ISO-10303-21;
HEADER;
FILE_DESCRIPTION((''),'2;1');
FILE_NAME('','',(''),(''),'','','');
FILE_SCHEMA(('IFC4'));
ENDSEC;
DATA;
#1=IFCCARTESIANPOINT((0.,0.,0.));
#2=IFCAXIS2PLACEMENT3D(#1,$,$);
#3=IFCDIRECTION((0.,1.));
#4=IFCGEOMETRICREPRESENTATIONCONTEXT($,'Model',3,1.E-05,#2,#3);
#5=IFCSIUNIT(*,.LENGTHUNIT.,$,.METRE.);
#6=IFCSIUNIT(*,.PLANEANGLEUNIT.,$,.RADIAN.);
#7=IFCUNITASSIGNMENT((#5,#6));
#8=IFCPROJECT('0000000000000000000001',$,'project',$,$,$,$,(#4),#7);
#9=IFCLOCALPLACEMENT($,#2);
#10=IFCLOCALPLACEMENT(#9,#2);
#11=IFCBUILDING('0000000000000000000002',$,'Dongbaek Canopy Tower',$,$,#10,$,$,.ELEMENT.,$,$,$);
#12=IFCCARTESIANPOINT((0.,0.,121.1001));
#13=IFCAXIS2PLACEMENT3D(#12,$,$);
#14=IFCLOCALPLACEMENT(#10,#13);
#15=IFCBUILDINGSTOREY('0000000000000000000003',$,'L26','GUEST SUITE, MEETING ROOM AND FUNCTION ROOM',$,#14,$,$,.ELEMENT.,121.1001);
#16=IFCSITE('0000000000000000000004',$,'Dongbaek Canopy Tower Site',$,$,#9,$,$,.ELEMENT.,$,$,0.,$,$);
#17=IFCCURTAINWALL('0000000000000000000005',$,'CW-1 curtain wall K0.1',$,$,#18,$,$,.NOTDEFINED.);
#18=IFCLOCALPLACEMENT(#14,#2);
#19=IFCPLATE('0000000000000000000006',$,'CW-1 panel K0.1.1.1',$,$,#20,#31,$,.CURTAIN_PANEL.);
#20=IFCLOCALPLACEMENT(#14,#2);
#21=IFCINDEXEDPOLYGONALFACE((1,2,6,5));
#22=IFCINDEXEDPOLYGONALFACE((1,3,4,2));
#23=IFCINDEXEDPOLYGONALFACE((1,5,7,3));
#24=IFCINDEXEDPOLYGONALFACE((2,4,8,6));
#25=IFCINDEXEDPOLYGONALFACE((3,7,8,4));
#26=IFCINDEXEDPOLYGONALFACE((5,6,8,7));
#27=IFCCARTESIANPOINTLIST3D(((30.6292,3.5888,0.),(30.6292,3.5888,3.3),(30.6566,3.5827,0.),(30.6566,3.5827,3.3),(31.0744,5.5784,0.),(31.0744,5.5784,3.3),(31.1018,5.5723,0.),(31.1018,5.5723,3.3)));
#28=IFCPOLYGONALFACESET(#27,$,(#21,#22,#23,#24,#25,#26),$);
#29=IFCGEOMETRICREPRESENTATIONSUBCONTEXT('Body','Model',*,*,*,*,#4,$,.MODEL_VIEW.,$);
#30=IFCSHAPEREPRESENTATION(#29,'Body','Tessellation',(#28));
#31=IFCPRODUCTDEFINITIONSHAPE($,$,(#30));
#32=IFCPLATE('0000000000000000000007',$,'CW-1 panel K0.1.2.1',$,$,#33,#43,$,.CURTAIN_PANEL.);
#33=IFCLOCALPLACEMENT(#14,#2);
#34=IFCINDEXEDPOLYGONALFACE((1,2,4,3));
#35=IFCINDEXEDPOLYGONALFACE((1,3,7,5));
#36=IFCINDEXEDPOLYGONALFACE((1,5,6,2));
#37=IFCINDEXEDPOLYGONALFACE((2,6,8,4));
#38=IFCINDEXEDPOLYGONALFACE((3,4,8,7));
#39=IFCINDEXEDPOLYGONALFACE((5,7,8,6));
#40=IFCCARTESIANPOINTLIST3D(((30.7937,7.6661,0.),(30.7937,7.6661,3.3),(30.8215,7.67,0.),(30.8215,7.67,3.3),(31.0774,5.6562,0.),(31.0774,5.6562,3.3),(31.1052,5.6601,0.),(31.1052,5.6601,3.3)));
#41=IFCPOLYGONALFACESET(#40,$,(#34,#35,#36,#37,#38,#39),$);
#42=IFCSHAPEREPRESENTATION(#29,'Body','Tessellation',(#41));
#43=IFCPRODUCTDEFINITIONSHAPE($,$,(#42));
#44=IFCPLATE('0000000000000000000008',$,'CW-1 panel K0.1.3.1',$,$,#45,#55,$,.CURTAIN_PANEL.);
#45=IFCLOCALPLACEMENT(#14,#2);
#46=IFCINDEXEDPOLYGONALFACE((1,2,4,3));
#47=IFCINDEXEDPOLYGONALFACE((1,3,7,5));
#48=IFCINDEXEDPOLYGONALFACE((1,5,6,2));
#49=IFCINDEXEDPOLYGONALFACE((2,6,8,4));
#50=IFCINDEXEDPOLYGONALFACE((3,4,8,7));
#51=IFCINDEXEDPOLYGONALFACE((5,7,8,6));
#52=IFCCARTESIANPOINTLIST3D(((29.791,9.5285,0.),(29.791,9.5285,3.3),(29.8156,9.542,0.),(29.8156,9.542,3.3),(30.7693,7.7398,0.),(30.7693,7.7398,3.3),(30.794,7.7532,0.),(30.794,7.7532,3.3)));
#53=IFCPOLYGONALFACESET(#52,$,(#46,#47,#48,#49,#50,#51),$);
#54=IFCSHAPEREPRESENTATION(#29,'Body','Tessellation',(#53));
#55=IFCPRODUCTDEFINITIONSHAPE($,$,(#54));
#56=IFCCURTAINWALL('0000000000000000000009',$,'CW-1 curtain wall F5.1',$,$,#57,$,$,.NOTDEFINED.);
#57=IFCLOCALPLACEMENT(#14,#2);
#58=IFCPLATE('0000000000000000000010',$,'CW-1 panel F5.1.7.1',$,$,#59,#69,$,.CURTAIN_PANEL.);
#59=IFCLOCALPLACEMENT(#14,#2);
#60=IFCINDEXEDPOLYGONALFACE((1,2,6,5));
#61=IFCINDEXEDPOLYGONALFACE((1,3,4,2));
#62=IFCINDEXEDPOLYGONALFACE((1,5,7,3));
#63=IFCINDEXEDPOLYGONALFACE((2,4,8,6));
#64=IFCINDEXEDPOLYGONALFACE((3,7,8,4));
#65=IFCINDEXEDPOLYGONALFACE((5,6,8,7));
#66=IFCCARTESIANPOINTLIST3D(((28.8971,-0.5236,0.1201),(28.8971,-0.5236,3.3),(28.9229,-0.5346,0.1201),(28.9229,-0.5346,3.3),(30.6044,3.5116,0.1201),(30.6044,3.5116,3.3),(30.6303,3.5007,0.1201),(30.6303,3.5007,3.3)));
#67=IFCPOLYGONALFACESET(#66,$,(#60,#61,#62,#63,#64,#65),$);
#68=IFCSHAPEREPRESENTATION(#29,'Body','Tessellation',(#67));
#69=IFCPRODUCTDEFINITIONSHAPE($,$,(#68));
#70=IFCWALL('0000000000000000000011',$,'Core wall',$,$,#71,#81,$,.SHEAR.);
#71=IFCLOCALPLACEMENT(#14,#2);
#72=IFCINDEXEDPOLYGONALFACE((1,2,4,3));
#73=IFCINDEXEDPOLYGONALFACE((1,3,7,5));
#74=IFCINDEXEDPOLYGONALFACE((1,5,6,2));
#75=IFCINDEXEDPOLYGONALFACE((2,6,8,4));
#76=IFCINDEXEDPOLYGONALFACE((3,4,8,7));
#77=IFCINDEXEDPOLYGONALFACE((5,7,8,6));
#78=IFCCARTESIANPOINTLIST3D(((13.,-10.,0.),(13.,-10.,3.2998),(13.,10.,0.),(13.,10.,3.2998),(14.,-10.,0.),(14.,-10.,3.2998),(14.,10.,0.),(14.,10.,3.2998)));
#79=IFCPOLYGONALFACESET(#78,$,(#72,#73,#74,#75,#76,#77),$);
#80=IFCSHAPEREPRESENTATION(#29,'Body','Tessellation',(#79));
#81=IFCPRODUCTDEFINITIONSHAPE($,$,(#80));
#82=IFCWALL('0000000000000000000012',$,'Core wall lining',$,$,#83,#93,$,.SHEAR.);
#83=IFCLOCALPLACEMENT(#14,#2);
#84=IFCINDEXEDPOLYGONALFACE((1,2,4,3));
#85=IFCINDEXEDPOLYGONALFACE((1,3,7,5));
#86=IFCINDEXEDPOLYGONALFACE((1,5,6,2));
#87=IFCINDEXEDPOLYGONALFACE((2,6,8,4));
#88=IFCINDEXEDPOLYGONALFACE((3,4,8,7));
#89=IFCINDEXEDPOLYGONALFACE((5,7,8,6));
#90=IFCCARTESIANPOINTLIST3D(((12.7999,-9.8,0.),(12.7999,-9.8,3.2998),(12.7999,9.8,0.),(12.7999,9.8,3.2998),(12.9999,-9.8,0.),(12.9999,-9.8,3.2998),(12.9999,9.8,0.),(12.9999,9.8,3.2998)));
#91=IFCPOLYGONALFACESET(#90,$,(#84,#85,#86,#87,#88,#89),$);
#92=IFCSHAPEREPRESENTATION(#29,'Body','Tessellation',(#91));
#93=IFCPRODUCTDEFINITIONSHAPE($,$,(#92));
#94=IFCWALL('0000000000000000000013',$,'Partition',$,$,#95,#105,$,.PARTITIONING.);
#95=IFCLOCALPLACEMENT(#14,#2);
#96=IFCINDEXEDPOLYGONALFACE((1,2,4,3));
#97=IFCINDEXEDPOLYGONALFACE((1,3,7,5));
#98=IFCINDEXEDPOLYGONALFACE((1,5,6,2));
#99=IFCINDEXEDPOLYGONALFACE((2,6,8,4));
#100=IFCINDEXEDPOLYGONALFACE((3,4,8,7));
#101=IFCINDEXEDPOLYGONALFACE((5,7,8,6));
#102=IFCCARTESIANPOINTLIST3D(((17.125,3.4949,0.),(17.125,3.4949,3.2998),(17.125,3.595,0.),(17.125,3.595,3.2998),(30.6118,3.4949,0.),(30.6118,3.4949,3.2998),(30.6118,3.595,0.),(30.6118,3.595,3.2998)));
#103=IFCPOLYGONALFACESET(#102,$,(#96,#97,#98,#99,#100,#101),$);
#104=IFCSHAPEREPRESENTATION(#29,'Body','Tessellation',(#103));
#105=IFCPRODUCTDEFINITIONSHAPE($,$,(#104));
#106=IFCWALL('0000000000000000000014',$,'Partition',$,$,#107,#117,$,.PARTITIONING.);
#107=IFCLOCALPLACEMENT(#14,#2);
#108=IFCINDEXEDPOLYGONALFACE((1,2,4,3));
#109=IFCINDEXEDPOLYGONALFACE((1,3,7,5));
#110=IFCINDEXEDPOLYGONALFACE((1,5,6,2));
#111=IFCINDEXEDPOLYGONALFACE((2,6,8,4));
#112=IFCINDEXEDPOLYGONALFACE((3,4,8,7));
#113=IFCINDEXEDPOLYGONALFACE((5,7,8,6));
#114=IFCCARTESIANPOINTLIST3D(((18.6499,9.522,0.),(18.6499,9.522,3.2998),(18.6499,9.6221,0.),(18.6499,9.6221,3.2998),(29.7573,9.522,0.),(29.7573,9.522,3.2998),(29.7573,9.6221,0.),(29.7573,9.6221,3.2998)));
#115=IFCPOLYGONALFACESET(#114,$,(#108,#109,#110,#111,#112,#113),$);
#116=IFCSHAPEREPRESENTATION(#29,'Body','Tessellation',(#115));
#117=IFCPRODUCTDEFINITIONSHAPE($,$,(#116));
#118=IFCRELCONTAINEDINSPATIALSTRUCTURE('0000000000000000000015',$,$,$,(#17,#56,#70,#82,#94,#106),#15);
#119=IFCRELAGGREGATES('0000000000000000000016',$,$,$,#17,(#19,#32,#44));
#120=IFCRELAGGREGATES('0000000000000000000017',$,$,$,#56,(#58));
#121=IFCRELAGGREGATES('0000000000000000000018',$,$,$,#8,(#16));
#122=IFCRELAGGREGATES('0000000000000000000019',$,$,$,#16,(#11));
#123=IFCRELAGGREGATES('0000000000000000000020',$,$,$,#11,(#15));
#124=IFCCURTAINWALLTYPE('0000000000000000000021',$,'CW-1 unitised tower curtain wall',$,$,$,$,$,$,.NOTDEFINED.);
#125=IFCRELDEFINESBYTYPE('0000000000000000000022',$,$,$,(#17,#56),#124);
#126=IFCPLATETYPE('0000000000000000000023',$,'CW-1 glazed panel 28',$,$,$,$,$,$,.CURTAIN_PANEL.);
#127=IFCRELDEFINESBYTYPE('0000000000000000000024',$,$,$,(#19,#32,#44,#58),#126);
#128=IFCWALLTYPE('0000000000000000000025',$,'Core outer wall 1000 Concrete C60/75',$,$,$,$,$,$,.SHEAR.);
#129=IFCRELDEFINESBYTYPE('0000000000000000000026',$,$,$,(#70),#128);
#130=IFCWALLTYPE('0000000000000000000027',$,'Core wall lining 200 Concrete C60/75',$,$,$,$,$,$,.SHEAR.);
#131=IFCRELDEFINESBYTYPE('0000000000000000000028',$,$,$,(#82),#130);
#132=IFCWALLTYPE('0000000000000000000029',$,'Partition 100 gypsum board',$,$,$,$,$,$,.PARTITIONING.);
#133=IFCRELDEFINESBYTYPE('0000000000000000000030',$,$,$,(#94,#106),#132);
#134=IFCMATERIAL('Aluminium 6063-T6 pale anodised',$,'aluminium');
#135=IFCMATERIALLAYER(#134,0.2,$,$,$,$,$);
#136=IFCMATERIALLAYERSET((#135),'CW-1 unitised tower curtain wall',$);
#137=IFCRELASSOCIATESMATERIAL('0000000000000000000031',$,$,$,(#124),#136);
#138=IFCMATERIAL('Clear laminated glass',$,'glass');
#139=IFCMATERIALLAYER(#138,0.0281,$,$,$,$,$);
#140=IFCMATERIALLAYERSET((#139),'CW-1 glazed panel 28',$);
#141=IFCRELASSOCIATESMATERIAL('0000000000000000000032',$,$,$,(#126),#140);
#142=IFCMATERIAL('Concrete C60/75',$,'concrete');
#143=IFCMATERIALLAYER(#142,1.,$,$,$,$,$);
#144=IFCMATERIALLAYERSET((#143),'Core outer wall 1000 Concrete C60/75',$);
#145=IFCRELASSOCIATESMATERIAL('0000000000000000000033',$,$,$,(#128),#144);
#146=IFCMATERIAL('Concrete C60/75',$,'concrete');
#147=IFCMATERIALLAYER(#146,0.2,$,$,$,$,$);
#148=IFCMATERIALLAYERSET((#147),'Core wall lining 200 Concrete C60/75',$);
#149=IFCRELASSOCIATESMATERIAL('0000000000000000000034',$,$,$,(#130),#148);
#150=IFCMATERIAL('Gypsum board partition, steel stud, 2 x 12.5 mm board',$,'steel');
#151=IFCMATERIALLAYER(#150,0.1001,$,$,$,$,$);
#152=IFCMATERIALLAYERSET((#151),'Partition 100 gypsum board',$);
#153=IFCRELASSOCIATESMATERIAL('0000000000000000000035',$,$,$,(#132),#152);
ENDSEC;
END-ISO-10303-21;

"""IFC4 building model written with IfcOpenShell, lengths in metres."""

from ifc_helpers import new_model, si_unit, direction, frame, frame_2d, origin, origin_2d, place, context, subcontext, project, spatial, rectangle, extrude, material, layer, layer_set, type_object, element, aggregate, save


model = new_model("IFC4")

# Units and contexts
model_context = context("Model", 3, precision=1e-05, world=origin(), true_north=direction((0.0, 1.0)))
body_context = subcontext(model_context, "Body", "Model", "MODEL_VIEW")
ifc_project = project(units=[si_unit("LENGTHUNIT", "METRE"), si_unit("PLANEANGLEUNIT", "RADIAN")], contexts=[model_context])

# Site, building, storey
site_placement = place(None, origin())
site = spatial("IfcSite", under=ifc_project, at=site_placement, Name="Dongbaek Canopy Tower Site", CompositionType="ELEMENT", RefElevation=0.0)
building_placement = place(site_placement, origin())
building = spatial("IfcBuilding", under=site, at=building_placement, Name="Dongbaek Canopy Tower", CompositionType="ELEMENT")
storey_placement = place(building_placement, frame((0.0, 0.0, 121.1001)))
storey = spatial("IfcBuildingStorey", under=building, at=storey_placement, Name="L26", Description="GUEST SUITE, MEETING ROOM AND FUNCTION ROOM", CompositionType="ELEMENT", Elevation=121.1001)

# Curtain wall
ifc_material_1 = material(Name="Aluminium 6063-T6 pale anodised", Category="aluminium")
ifc_layer_1 = layer(ifc_material_1, 0.2)
ifc_layer_set_1 = layer_set([ifc_layer_1], Name="CW-1 unitised tower curtain wall")
curtain_wall_type = type_object("IfcCurtainWallType", Name="CW-1 unitised tower curtain wall", PredefinedType="NOTDEFINED", material=ifc_layer_set_1)
curtain_wall_1_placement = place(storey_placement, origin())
curtain_wall_1 = element("IfcCurtainWall", 1, at=curtain_wall_1_placement, inside=storey, type_object=curtain_wall_type, Name="CW-1 curtain wall K0.1", PredefinedType="NOTDEFINED")

# Plates
ifc_material_2 = material(Name="Clear laminated glass", Category="glass")
ifc_layer_2 = layer(ifc_material_2, 0.0281)
ifc_layer_set_2 = layer_set([ifc_layer_2], Name="CW-1 glazed panel 28")
plate_type = type_object("IfcPlateType", Name="CW-1 glazed panel 28", PredefinedType="CURTAIN_PANEL", material=ifc_layer_set_2)
plate_1_placement = place(storey_placement, frame((30.8655, 4.5806, 0.0), z_axis=(0.0, 0.0, 1.0), x_axis=(0.218339, 0.975873, 0.0)))
plate_1 = element("IfcPlate", 2, at=plate_1_placement, type_object=plate_type, Name="CW-1 panel K0.1.1.1", PredefinedType="CURTAIN_PANEL", context=body_context, shape_type="SweptSolid", body=[
    extrude(rectangle(XDim=2.0388, YDim=0.0281, at=origin_2d()), origin(), (0.0, 0.0, 1.0), 3.3),
])
plate_2_placement = place(storey_placement, frame((30.9495, 6.6631, 0.0), z_axis=(0.0, 0.0, 1.0), x_axis=(-0.139736, 0.990189, 0.0)))
plate_2 = element("IfcPlate", 3, at=plate_2_placement, type_object=plate_type, Name="CW-1 panel K0.1.2.1", PredefinedType="CURTAIN_PANEL", context=body_context, shape_type="SweptSolid", body=[
    extrude(rectangle(XDim=2.0298, YDim=0.0281, at=origin_2d()), origin(), (0.0, 0.0, 1.0), 3.3),
])
plate_3_placement = place(storey_placement, frame((30.2925, 8.6409, 0.0), z_axis=(0.0, 0.0, 1.0), x_axis=(-0.479865, 0.877342, 0.0)))
plate_3 = element("IfcPlate", 4, at=plate_3_placement, type_object=plate_type, Name="CW-1 panel K0.1.3.1", PredefinedType="CURTAIN_PANEL", context=body_context, shape_type="SweptSolid", body=[
    extrude(rectangle(XDim=2.0388, YDim=0.0281, at=origin_2d()), origin(), (0.0, 0.0, 1.0), 3.3),
])
aggregate(curtain_wall_1, [plate_1, plate_2, plate_3])

# Curtain wall, plate
curtain_wall_2_placement = place(storey_placement, origin())
curtain_wall_2 = element("IfcCurtainWall", 5, at=curtain_wall_2_placement, inside=storey, type_object=curtain_wall_type, Name="CW-1 curtain wall F5.1", PredefinedType="NOTDEFINED")
plate_4_placement = place(storey_placement, frame((29.7637, 1.4885, 0.1201), z_axis=(0.0, 0.0, 1.0), x_axis=(0.389663, 0.920958, 0.0)))
plate_4 = element("IfcPlate", 6, at=plate_4_placement, type_object=plate_type, Name="CW-1 panel F5.1.7.1", PredefinedType="CURTAIN_PANEL", context=body_context, shape_type="SweptSolid", body=[
    extrude(rectangle(XDim=4.3816, YDim=0.0281, at=origin_2d()), origin(), (0.0, 0.0, 1.0), 3.1799),
])
aggregate(curtain_wall_2, [plate_4])

# Walls
ifc_material_3 = material(Name="Concrete C60/75", Category="concrete")
ifc_layer_3 = layer(ifc_material_3, 1.0)
ifc_layer_set_3 = layer_set([ifc_layer_3], Name="Core outer wall 1000 Concrete C60/75")
wall_type_1 = type_object("IfcWallType", Name="Core outer wall 1000 Concrete C60/75", PredefinedType="SHEAR", material=ifc_layer_set_3)
wall_1_placement = place(storey_placement, frame((13.5, 10.0, 0.0), z_axis=(0.0, 0.0, 1.0), x_axis=(0.0, -1.0, 0.0)))
element("IfcWall", 7, at=wall_1_placement, inside=storey, type_object=wall_type_1, Name="Core wall", PredefinedType="SHEAR", context=body_context, shape_type="SweptSolid", body=[
    extrude(rectangle(XDim=20.0, YDim=1.0, at=frame_2d((10.0, 0.0))), origin(), (0.0, 0.0, 1.0), 3.2998),
])
ifc_material_4 = material(Name="Concrete C60/75", Category="concrete")
ifc_layer_4 = layer(ifc_material_4, 0.2)
ifc_layer_set_4 = layer_set([ifc_layer_4], Name="Core wall lining 200 Concrete C60/75")
wall_type_2 = type_object("IfcWallType", Name="Core wall lining 200 Concrete C60/75", PredefinedType="SHEAR", material=ifc_layer_set_4)
wall_2_placement = place(storey_placement, frame((12.8999, 9.8, 0.0), z_axis=(0.0, 0.0, 1.0), x_axis=(0.0, -1.0, 0.0)))
element("IfcWall", 8, at=wall_2_placement, inside=storey, type_object=wall_type_2, Name="Core wall lining", PredefinedType="SHEAR", context=body_context, shape_type="SweptSolid", body=[
    extrude(rectangle(XDim=19.6001, YDim=0.2, at=frame_2d((9.8, 0.0))), origin(), (0.0, 0.0, 1.0), 3.2998),
])
ifc_material_5 = material(Name="Gypsum board partition, steel stud, 2 x 12.5 mm board", Category="steel")
ifc_layer_5 = layer(ifc_material_5, 0.1001)
ifc_layer_set_5 = layer_set([ifc_layer_5], Name="Partition 100 gypsum board")
wall_type_3 = type_object("IfcWallType", Name="Partition 100 gypsum board", PredefinedType="PARTITIONING", material=ifc_layer_set_5)
wall_3_placement = place(storey_placement, frame((17.125, 3.5449, 0.0), z_axis=(0.0, 0.0, 1.0), x_axis=(1.0, 0.0, 0.0)))
element("IfcWall", 9, at=wall_3_placement, inside=storey, type_object=wall_type_3, Name="Partition", PredefinedType="PARTITIONING", context=body_context, shape_type="SweptSolid", body=[
    extrude(rectangle(XDim=13.4868, YDim=0.1001, at=frame_2d((6.7434, 0.0))), origin(), (0.0, 0.0, 1.0), 3.2998),
])
wall_4_placement = place(storey_placement, frame((18.6499, 9.572, 0.0), z_axis=(0.0, 0.0, 1.0), x_axis=(1.0, 0.0, 0.0)))
element("IfcWall", 10, at=wall_4_placement, inside=storey, type_object=wall_type_3, Name="Partition", PredefinedType="PARTITIONING", context=body_context, shape_type="SweptSolid", body=[
    extrude(rectangle(XDim=11.1074, YDim=0.1001, at=frame_2d((5.5537, 0.0))), origin(), (0.0, 0.0, 1.0), 3.2998),
])

save(model, "model.ifc")
